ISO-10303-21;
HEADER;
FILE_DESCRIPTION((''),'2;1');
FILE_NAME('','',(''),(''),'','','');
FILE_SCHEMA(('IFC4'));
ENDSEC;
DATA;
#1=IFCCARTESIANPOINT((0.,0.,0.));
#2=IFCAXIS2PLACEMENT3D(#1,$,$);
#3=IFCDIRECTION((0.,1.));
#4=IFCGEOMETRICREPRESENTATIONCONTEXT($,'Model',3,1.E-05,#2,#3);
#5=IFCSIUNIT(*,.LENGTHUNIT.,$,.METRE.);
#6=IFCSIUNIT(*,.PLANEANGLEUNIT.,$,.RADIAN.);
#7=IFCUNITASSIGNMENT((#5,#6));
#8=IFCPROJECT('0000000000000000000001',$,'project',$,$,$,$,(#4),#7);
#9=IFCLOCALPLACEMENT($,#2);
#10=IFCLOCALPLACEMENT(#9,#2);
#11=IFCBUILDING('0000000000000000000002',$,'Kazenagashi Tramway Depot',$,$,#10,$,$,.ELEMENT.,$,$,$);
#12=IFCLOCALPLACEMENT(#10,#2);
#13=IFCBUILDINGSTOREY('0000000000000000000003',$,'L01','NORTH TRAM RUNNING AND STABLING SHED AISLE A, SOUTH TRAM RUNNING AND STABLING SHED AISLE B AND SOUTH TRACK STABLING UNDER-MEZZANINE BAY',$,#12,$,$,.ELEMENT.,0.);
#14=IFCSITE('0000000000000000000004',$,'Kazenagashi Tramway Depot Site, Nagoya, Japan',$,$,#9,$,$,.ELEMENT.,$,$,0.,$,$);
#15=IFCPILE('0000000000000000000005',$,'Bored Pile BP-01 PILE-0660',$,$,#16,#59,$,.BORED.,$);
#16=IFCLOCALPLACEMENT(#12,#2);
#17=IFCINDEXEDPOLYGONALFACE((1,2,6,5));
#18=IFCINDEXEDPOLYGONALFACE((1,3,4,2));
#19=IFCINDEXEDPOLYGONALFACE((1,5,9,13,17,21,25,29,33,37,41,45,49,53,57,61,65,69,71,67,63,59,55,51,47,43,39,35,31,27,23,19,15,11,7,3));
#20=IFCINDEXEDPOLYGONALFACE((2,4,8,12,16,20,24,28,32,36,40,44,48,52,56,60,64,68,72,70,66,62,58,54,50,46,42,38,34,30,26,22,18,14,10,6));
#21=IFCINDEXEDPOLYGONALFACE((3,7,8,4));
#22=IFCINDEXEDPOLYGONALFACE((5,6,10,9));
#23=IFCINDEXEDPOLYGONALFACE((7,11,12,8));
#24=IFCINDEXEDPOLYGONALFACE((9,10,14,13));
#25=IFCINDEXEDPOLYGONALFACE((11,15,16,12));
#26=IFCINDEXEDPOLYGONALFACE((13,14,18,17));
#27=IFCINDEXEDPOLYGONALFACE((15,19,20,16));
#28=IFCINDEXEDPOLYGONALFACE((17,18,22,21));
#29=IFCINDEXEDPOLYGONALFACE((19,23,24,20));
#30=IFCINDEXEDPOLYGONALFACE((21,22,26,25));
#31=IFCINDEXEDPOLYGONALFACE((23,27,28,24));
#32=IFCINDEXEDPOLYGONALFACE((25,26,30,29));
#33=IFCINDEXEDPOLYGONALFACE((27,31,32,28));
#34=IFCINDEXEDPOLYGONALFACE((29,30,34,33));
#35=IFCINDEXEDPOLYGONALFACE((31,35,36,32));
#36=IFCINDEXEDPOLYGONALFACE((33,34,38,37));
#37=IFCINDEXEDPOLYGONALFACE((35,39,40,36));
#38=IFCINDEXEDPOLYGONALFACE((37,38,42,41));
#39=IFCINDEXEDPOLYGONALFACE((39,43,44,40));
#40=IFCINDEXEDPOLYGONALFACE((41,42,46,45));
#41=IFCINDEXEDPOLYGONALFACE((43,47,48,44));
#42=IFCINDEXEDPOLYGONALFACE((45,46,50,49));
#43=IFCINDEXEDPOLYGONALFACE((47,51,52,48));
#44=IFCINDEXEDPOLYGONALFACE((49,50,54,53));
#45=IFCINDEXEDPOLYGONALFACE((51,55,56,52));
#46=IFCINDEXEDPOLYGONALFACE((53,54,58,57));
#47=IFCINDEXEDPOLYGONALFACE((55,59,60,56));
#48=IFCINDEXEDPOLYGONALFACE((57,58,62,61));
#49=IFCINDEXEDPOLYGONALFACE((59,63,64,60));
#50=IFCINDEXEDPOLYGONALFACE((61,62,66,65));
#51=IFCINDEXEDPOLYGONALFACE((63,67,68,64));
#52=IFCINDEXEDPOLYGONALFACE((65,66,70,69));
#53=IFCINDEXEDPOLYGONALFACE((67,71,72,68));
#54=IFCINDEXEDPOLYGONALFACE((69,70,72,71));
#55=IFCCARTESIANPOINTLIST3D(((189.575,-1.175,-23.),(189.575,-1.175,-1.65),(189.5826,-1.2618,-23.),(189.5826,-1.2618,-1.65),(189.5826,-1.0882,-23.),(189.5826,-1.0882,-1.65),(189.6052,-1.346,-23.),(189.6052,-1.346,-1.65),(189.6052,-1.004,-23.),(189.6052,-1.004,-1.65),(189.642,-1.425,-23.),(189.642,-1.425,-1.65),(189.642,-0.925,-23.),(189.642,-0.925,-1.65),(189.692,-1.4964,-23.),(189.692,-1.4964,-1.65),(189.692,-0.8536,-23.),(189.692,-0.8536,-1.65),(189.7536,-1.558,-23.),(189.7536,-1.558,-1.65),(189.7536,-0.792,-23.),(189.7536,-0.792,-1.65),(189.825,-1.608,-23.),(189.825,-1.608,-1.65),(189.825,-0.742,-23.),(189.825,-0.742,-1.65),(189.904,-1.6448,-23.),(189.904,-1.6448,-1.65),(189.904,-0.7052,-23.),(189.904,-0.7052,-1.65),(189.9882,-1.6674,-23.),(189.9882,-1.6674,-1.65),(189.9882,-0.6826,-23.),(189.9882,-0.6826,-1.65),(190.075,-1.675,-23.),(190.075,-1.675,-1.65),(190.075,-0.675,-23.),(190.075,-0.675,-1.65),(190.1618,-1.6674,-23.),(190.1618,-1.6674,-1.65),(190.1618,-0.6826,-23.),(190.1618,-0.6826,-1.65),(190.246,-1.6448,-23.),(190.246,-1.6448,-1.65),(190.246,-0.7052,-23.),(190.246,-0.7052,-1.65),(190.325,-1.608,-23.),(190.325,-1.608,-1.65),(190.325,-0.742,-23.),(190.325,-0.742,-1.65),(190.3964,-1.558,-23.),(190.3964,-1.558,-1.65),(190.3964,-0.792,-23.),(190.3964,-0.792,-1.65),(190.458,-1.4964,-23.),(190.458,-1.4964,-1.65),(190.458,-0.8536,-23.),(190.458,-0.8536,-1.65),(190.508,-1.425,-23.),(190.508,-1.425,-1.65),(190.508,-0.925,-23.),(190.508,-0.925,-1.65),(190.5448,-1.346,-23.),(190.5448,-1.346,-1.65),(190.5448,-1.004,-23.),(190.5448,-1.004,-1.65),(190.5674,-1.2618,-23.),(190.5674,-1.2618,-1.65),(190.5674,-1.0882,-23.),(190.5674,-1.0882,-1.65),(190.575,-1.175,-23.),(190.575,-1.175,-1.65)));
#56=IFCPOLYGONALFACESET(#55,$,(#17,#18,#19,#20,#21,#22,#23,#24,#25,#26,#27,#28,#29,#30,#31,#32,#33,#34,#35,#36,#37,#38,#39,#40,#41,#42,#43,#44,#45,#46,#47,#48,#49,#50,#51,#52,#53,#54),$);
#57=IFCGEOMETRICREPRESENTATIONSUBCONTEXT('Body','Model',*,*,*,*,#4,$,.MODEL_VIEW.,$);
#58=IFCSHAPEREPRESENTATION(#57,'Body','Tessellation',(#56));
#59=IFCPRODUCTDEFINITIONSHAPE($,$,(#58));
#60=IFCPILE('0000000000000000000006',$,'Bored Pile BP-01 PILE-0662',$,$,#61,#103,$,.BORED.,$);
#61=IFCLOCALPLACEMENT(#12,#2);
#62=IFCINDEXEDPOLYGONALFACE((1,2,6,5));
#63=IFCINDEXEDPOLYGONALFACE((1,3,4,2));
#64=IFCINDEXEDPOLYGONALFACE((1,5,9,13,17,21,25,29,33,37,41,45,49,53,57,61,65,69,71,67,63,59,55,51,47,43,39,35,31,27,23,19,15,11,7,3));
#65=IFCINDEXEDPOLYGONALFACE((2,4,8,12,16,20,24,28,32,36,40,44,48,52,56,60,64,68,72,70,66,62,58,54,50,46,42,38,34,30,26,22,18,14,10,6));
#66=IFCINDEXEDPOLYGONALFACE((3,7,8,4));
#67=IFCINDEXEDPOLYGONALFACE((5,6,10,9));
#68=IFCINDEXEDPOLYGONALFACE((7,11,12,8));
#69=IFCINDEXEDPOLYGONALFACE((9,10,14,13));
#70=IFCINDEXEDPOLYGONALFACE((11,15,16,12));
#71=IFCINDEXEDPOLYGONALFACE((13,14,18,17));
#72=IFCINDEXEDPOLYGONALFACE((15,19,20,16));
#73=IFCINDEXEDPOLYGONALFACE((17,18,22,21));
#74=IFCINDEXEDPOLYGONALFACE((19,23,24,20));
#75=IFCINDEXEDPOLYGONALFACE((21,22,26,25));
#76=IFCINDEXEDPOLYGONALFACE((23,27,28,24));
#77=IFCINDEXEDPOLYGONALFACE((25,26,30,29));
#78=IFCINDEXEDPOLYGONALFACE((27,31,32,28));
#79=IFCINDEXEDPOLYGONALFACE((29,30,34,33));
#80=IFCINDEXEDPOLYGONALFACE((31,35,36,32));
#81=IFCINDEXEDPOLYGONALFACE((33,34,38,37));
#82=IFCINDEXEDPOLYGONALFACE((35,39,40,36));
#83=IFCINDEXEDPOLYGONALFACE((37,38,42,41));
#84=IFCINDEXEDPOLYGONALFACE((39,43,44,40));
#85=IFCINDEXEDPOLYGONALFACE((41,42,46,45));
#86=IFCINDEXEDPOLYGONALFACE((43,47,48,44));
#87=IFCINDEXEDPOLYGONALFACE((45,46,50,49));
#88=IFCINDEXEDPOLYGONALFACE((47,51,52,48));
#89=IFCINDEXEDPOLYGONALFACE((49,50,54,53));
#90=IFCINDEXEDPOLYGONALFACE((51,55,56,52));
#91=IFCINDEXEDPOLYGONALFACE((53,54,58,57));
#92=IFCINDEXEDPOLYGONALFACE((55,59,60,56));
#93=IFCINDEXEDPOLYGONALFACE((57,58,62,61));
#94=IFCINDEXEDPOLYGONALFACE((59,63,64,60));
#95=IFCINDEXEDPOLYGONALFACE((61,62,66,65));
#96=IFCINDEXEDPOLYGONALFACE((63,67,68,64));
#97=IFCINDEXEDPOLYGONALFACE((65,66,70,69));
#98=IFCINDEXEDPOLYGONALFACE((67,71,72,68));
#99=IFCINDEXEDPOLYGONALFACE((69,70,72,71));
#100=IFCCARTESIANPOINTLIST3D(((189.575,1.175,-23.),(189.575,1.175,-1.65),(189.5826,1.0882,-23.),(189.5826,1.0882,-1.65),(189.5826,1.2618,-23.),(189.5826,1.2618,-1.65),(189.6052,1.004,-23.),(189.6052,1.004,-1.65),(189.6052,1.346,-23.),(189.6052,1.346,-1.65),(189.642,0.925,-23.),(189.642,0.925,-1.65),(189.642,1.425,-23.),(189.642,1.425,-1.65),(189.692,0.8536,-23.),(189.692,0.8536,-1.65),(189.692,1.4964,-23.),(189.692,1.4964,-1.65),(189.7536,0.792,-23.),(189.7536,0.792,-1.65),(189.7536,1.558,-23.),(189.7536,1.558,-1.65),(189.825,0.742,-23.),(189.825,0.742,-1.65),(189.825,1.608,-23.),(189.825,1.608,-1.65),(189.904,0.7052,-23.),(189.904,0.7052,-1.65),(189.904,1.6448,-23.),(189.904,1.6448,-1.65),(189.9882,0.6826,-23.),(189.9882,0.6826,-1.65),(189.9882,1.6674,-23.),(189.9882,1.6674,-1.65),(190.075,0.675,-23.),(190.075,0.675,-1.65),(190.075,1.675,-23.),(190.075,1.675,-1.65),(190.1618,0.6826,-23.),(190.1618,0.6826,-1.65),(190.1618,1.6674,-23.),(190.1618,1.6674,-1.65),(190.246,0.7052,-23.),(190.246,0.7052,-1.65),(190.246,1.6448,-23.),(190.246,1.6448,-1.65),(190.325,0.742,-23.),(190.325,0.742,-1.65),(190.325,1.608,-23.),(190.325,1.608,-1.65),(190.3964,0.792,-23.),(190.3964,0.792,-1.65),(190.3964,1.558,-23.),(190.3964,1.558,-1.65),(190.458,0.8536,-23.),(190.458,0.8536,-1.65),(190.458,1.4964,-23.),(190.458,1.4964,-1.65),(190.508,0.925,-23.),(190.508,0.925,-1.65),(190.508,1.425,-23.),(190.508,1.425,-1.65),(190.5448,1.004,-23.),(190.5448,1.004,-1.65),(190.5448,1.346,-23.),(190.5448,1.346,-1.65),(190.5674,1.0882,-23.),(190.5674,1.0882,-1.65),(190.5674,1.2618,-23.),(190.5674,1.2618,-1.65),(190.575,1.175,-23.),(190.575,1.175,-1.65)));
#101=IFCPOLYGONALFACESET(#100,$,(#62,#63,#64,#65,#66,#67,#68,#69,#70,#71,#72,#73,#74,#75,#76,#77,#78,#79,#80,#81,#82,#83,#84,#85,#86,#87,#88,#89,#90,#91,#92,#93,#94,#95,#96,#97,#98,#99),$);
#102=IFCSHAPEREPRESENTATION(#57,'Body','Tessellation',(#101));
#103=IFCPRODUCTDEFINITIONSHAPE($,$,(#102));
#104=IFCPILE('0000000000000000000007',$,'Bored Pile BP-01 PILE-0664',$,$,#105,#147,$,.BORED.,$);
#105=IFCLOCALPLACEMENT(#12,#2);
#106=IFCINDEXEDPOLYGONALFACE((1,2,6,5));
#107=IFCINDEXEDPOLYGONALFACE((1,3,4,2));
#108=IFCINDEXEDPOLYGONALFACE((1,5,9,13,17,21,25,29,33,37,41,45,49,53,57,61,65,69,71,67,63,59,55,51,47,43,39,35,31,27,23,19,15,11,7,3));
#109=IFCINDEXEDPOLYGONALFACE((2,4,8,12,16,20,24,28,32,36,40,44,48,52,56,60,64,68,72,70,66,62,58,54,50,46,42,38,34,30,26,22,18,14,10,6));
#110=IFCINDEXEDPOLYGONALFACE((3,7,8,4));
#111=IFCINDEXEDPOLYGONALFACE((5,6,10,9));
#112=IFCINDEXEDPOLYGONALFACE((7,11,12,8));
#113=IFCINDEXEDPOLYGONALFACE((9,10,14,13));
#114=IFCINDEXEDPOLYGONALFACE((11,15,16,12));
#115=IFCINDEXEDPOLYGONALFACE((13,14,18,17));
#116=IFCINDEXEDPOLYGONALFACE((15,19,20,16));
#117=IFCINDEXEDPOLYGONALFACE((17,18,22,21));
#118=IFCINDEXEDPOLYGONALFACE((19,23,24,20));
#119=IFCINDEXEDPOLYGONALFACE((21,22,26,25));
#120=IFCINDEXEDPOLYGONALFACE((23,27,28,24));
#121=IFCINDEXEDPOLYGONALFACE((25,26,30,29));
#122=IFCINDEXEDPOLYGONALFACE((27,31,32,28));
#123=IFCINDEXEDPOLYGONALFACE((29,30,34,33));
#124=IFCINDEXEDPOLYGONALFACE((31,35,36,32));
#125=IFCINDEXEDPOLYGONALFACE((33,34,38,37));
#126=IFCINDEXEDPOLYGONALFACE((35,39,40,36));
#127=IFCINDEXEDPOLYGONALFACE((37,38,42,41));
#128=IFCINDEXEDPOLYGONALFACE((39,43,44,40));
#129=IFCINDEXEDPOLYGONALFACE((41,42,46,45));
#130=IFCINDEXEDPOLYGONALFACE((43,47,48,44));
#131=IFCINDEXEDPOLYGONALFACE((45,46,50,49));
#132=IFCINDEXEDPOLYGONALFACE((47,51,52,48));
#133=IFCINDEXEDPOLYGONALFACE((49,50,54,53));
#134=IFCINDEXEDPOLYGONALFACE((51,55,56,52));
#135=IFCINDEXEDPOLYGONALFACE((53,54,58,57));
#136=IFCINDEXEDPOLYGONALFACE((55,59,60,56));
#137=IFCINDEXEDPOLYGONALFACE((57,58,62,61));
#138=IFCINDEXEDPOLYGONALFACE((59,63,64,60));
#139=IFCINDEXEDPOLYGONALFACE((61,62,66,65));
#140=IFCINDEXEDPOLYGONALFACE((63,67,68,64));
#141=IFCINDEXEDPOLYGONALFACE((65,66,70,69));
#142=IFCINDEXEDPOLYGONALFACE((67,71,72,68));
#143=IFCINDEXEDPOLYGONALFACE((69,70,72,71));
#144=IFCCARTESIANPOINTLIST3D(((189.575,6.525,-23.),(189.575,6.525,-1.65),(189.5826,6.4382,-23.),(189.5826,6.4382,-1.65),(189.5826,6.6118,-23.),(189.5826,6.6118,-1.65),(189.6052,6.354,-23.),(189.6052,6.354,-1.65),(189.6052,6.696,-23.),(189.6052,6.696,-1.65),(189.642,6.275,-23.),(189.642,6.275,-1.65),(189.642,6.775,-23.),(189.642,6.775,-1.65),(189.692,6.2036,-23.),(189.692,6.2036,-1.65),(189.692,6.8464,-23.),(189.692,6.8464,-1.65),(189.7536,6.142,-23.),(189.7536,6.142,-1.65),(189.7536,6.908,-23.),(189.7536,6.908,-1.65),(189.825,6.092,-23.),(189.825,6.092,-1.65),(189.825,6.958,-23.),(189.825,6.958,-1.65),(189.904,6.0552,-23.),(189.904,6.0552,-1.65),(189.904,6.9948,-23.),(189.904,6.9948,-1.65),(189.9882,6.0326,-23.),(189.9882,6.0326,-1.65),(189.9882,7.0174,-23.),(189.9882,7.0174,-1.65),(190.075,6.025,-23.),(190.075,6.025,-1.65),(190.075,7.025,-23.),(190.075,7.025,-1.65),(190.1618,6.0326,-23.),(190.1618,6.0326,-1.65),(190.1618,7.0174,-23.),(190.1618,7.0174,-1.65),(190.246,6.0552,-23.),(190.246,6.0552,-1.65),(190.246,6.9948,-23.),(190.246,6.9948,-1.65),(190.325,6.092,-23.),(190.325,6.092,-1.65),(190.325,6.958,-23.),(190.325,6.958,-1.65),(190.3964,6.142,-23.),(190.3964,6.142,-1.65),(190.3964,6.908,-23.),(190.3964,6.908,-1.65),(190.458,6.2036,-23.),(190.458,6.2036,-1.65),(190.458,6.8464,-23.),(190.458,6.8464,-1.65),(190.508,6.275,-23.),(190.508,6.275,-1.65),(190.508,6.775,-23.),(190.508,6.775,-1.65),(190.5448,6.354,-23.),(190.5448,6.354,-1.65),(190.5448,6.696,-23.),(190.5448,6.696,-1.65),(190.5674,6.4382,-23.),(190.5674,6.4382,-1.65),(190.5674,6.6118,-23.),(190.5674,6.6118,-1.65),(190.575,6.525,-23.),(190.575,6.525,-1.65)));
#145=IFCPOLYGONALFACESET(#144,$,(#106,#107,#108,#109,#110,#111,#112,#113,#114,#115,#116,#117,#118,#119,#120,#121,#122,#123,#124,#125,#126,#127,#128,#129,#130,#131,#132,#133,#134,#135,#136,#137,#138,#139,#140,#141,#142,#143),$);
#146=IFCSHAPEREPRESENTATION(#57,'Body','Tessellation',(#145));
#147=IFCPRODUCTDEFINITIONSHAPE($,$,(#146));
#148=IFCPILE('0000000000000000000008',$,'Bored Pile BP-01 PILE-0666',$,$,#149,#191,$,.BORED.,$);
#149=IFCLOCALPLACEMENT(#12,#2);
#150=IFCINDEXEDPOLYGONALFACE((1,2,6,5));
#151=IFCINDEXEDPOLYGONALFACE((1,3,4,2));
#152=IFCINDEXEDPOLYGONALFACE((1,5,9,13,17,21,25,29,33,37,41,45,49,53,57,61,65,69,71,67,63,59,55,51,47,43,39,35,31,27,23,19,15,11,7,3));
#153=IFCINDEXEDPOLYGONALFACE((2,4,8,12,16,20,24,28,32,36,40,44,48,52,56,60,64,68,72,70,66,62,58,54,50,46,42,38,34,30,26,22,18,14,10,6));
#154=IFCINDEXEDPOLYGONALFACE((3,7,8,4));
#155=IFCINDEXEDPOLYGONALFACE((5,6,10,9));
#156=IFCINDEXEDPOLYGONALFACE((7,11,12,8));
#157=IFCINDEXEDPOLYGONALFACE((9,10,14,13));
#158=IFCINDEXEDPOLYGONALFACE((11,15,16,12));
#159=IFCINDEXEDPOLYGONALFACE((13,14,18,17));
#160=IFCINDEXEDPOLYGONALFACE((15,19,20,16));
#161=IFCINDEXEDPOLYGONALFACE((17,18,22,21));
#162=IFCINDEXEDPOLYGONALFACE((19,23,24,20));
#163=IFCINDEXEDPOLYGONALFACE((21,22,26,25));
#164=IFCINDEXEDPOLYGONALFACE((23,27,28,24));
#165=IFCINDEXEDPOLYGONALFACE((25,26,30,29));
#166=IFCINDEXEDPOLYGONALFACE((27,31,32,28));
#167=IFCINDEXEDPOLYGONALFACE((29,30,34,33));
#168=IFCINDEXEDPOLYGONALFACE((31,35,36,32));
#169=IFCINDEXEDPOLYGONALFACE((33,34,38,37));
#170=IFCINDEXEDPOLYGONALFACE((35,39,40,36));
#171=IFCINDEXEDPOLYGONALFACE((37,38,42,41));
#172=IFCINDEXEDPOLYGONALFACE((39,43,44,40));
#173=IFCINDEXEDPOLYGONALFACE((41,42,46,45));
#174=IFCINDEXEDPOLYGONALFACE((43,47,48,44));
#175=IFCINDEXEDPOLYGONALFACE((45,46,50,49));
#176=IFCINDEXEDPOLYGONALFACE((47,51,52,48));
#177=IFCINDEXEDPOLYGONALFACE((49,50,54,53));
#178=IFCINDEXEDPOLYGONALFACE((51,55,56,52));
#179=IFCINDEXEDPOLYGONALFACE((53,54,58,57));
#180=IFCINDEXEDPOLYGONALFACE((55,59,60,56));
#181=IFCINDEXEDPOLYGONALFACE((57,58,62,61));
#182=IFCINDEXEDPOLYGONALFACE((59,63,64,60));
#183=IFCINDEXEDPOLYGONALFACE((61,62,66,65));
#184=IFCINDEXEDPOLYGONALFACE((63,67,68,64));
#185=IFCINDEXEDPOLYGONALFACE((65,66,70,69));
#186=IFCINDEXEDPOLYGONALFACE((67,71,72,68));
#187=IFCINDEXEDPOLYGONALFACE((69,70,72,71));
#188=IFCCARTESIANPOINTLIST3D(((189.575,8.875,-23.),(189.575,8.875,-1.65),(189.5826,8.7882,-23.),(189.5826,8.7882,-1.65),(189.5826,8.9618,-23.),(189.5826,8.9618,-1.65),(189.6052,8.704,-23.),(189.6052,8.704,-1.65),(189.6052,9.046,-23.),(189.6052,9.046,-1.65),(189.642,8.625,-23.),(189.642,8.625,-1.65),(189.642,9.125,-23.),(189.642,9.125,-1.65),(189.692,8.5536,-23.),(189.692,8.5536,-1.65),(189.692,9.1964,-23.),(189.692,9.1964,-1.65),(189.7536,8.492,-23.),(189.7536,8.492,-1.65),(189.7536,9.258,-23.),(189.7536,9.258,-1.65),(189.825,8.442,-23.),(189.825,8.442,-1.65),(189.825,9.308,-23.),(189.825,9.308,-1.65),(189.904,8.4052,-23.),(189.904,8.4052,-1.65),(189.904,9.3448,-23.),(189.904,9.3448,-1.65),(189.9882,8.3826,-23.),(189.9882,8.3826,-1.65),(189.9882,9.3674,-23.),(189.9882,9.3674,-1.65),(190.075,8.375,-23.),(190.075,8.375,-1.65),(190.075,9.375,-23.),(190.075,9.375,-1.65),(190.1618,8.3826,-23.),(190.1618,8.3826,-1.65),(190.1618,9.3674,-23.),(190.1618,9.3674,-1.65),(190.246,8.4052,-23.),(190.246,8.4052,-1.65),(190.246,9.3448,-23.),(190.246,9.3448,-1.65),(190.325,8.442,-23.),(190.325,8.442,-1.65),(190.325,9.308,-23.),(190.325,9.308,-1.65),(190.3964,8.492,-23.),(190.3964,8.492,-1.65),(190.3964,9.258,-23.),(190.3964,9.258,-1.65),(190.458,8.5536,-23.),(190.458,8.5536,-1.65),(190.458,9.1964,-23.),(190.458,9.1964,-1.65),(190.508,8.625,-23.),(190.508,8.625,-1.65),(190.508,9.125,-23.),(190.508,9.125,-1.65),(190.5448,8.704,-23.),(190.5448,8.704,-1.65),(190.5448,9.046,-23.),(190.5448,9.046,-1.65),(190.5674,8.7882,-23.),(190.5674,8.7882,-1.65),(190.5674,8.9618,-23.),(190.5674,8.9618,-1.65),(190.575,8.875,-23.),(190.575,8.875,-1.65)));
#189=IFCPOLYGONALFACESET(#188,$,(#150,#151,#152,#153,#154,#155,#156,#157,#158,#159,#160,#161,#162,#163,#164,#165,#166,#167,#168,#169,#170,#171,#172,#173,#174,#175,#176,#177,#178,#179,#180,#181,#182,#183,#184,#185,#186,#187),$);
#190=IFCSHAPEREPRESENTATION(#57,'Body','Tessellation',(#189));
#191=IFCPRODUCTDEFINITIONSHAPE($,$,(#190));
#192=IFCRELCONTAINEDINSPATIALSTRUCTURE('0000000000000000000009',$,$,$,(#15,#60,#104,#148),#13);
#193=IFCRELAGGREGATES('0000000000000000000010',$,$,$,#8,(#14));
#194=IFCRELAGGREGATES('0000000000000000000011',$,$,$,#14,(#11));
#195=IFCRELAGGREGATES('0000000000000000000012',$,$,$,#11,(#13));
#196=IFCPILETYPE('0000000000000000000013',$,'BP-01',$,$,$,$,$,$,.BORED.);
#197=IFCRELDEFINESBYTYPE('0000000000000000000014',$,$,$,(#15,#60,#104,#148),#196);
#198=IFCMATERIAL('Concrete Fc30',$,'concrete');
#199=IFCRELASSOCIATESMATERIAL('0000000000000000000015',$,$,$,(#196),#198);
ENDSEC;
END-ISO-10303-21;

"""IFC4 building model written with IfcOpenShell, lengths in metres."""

from ifc_helpers import new_model, si_unit, direction, frame, origin, origin_2d, place, context, subcontext, project, spatial, circle, extrude, material, material_profile, profile_set, type_object, element, save


model = new_model("IFC4")

# Units and contexts
model_context = context("Model", 3, precision=1e-05, world=origin(), true_north=direction((0.0, 1.0)))
body_context = subcontext(model_context, "Body", "Model", "MODEL_VIEW")
ifc_project = project(units=[si_unit("LENGTHUNIT", "METRE"), si_unit("PLANEANGLEUNIT", "RADIAN")], contexts=[model_context])

# Site, building, storey
site_placement = place(None, origin())
site = spatial("IfcSite", under=ifc_project, at=site_placement, Name="Kazenagashi Tramway Depot Site, Nagoya, Japan", CompositionType="ELEMENT", RefElevation=0.0)
building_placement = place(site_placement, origin())
building = spatial("IfcBuilding", under=site, at=building_placement, Name="Kazenagashi Tramway Depot", CompositionType="ELEMENT")
storey_placement = place(building_placement, origin())
storey = spatial("IfcBuildingStorey", under=building, at=storey_placement, Name="L01", Description="NORTH TRAM RUNNING AND STABLING SHED AISLE A, SOUTH TRAM RUNNING AND STABLING SHED AISLE B AND SOUTH TRACK STABLING UNDER-MEZZANINE BAY", CompositionType="ELEMENT", Elevation=0.0)

# Piles
ifc_material_1 = material(Name="Concrete Fc30", Category="concrete")
ifc_material_profile_1 = material_profile(ifc_material_1, circle(Radius=0.5, at=origin_2d()), Name="PILE-1000")
ifc_profile_set_1 = profile_set([ifc_material_profile_1], Name="Concrete Fc30")
pile_type = type_object("IfcPileType", Name="BP-01", PredefinedType="BORED", material=ifc_profile_set_1)
for number, where, z_axis, x_axis, name in (
    (1, (190.075, -1.175, -1.65), (0.0, 0.0, -1.0), (1.0, 0.0, 0.0), "Bored Pile BP-01 PILE-0660"),
    (2, (190.075, 1.175, -1.65), (0.0, 0.0, -1.0), (1.0, 0.0, 0.0), "Bored Pile BP-01 PILE-0662"),
    (3, (190.075, 6.525, -1.65), (0.0, 0.0, -1.0), (1.0, 0.0, 0.0), "Bored Pile BP-01 PILE-0664"),
    (4, (190.075, 8.875, -1.65), (0.0, 0.0, -1.0), (1.0, 0.0, 0.0), "Bored Pile BP-01 PILE-0666"),
):
    element("IfcPile", number, at=place(storey_placement, frame(where, z_axis=z_axis, x_axis=x_axis)), inside=storey, type_object=pile_type, Name=name, PredefinedType="BORED", context=body_context, shape_type="SweptSolid", body=[
        extrude(circle(Radius=0.5, at=origin_2d()), origin(), (0.0, 0.0, 1.0), 21.35),
    ])

save(model, "model.ifc")
